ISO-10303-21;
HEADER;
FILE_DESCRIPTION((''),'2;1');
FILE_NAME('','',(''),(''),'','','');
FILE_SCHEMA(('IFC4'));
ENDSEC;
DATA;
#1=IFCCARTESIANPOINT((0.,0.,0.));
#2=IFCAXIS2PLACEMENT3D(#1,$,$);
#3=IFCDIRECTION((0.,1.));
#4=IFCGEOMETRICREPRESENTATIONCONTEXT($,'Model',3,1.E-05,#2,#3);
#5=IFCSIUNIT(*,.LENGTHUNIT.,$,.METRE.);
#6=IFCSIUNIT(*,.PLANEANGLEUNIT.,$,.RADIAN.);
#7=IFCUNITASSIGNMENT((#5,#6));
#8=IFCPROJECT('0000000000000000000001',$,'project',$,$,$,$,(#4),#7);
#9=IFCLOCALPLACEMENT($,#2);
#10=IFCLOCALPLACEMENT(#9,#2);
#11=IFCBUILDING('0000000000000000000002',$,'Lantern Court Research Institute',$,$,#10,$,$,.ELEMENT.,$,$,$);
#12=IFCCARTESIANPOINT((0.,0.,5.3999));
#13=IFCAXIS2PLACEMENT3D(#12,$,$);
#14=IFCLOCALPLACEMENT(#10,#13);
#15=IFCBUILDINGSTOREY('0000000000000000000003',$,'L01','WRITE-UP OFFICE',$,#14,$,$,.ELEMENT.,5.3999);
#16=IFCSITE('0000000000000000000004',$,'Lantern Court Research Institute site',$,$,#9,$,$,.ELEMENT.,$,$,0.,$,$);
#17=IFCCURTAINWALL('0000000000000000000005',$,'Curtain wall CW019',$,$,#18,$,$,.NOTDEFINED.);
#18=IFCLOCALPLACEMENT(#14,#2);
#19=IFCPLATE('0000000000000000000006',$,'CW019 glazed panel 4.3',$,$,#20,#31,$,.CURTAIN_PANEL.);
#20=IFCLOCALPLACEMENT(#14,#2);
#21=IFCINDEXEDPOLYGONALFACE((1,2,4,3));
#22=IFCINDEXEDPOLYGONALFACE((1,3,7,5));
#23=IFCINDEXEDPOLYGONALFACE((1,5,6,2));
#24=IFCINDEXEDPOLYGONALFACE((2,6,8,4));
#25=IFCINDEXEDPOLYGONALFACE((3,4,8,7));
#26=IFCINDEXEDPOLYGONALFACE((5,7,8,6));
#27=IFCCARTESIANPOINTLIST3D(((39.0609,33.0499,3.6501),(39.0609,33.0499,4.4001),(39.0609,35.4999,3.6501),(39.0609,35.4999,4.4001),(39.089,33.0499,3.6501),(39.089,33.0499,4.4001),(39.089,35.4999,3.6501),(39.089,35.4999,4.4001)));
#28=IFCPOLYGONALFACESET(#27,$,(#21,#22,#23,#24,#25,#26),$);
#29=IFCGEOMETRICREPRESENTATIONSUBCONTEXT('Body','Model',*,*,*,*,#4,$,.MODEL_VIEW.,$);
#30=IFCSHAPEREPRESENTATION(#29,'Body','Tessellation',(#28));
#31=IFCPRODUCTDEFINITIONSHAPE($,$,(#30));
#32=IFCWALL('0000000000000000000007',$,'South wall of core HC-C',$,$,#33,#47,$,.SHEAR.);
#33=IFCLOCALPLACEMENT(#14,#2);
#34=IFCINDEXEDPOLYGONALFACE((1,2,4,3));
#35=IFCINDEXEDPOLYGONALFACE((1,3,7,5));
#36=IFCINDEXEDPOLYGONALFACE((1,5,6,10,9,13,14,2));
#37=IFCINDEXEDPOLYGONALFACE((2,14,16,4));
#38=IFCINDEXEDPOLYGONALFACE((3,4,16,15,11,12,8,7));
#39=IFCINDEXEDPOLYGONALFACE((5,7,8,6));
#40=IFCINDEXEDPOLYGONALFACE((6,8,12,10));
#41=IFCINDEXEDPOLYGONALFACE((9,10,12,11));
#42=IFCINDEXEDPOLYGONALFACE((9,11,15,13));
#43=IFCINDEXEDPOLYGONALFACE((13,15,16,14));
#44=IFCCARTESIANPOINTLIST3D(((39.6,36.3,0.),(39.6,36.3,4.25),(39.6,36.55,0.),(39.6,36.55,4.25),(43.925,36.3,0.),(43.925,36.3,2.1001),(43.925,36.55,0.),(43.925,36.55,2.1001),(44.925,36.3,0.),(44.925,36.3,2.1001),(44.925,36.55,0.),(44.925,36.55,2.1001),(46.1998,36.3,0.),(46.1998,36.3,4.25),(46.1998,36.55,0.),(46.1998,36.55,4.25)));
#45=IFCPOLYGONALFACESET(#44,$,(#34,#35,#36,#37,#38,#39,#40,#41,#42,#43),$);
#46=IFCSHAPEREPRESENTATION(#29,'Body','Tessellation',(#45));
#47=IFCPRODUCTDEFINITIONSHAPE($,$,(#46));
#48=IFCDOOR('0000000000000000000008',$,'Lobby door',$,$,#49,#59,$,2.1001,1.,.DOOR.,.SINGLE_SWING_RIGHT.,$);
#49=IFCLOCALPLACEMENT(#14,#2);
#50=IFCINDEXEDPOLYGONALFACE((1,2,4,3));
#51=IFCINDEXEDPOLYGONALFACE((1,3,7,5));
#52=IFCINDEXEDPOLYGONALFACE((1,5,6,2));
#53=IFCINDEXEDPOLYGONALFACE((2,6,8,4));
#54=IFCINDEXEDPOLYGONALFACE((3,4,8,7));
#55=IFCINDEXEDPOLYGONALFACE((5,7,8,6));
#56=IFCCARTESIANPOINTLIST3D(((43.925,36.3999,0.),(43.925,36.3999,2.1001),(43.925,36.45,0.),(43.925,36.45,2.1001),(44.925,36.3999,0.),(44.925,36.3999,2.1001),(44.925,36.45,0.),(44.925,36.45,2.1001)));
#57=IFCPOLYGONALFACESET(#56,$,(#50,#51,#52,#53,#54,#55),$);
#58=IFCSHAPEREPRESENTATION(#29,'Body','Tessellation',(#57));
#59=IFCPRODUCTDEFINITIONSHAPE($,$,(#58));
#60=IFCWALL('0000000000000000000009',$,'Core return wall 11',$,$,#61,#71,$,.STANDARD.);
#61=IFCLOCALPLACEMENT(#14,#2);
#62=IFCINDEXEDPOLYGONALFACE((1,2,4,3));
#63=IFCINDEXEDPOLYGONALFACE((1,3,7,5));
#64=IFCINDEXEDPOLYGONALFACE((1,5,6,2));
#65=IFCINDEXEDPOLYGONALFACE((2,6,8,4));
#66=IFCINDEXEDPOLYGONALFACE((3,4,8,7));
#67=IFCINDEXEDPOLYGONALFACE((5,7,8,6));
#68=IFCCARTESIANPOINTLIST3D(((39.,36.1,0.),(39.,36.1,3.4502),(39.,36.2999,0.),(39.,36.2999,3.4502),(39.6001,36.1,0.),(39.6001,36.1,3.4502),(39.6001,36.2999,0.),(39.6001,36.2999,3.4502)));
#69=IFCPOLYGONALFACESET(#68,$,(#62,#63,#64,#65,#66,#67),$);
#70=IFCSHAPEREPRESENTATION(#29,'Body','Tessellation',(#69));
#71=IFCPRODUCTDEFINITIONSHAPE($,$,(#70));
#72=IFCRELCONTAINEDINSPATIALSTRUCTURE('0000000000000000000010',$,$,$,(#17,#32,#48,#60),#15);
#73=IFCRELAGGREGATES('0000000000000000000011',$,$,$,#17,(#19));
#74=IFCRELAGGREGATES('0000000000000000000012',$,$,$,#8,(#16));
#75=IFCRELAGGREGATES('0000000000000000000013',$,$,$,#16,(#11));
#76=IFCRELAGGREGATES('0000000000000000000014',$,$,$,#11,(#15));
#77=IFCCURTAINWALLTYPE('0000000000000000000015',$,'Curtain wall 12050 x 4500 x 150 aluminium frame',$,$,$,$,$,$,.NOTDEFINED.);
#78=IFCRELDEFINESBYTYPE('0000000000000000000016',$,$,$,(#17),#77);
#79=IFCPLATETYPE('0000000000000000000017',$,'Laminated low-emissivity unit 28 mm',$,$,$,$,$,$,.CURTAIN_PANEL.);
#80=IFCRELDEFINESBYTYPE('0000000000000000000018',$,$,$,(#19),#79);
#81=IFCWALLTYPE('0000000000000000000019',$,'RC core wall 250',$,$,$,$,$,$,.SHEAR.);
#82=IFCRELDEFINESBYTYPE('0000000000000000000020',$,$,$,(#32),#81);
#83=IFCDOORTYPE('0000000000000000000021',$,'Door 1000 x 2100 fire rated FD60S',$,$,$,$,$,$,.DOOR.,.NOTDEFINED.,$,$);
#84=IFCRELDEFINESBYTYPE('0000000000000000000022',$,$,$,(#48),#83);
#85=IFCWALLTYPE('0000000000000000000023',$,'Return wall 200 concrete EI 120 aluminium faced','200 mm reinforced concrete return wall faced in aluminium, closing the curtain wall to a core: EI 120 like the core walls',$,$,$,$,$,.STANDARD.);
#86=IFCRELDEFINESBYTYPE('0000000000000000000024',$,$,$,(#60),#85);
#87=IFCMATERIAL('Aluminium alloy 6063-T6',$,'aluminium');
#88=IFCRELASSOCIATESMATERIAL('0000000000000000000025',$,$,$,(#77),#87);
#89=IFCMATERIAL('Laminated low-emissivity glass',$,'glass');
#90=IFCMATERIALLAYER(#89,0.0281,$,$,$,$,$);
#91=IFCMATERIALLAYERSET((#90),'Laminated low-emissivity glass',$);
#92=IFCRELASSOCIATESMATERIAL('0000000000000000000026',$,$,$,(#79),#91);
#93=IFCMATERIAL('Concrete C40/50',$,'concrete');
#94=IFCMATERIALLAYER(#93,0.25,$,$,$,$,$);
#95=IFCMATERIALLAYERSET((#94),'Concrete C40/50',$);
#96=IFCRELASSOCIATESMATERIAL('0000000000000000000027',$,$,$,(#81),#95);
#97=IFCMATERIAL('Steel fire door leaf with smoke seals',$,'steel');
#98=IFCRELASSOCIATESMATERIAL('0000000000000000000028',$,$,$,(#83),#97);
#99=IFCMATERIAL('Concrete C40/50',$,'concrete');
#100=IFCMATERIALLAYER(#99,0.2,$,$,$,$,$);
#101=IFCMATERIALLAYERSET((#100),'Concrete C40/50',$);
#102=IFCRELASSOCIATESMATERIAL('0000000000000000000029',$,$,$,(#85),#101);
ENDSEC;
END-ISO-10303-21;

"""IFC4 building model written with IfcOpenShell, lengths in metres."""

from ifc_helpers import new_model, si_unit, direction, frame, frame_2d, origin, origin_2d, place, context, subcontext, project, spatial, rectangle, extrude, material, layer, layer_set, type_object, element, fill, aggregate, save


model = new_model("IFC4")

# Units and contexts
model_context = context("Model", 3, precision=1e-05, world=origin(), true_north=direction((0.0, 1.0)))
body_context = subcontext(model_context, "Body", "Model", "MODEL_VIEW")
ifc_project = project(units=[si_unit("LENGTHUNIT", "METRE"), si_unit("PLANEANGLEUNIT", "RADIAN")], contexts=[model_context])

# Site, building, storey
site_placement = place(None, origin())
site = spatial("IfcSite", under=ifc_project, at=site_placement, Name="Lantern Court Research Institute site", CompositionType="ELEMENT", RefElevation=0.0)
building_placement = place(site_placement, origin())
building = spatial("IfcBuilding", under=site, at=building_placement, Name="Lantern Court Research Institute", CompositionType="ELEMENT")
storey_placement = place(building_placement, frame((0.0, 0.0, 5.3999)))
storey = spatial("IfcBuildingStorey", under=building, at=storey_placement, Name="L01", Description="WRITE-UP OFFICE", CompositionType="ELEMENT", Elevation=5.3999)

# Curtain wall, plate
ifc_material_1 = material(Name="Aluminium alloy 6063-T6", Category="aluminium")
curtain_wall_type = type_object("IfcCurtainWallType", Name="Curtain wall 12050 x 4500 x 150 aluminium frame", PredefinedType="NOTDEFINED", material=ifc_material_1)
curtain_wall_placement = place(storey_placement, origin())
curtain_wall = element("IfcCurtainWall", 1, at=curtain_wall_placement, inside=storey, type_object=curtain_wall_type, Name="Curtain wall CW019", PredefinedType="NOTDEFINED")
ifc_material_2 = material(Name="Laminated low-emissivity glass", Category="glass")
ifc_layer_1 = layer(ifc_material_2, 0.0281)
ifc_layer_set_1 = layer_set([ifc_layer_1], Name="Laminated low-emissivity glass")
plate_type_1 = type_object("IfcPlateType", Name="Laminated low-emissivity unit 28 mm", PredefinedType="CURTAIN_PANEL", material=ifc_layer_set_1)
plate_1_placement = place(storey_placement, frame((39.075, 34.2749, 3.6501), z_axis=(0.0, 0.0, 1.0), x_axis=(0.0, 1.0, 0.0)))
plate_1 = element("IfcPlate", 2, at=plate_1_placement, type_object=plate_type_1, Name="CW019 glazed panel 4.3", PredefinedType="CURTAIN_PANEL", context=body_context, shape_type="SweptSolid", body=[
    extrude(rectangle(XDim=2.45, YDim=0.0281, at=origin_2d()), origin(), (0.0, 0.0, 1.0), 0.75),
])
aggregate(curtain_wall, [plate_1])

# Wall, opening, door
ifc_material_3 = material(Name="Concrete C40/50", Category="concrete")
ifc_layer_2 = layer(ifc_material_3, 0.25)
ifc_layer_set_2 = layer_set([ifc_layer_2], Name="Concrete C40/50")
wall_type_1 = type_object("IfcWallType", Name="RC core wall 250", PredefinedType="SHEAR", material=ifc_layer_set_2)
wall_1_placement = place(storey_placement, frame((39.6001, 36.425, 0.0), z_axis=(0.0, 0.0, 1.0), x_axis=(1.0, 0.0, 0.0)))
wall_1 = element("IfcWall", 3, at=wall_1_placement, inside=storey, type_object=wall_type_1, Name="South wall of core HC-C", PredefinedType="SHEAR", context=body_context, shape_type="SweptSolid", body=[
    extrude(rectangle(XDim=6.5999, YDim=0.25, at=frame_2d((3.2998, 0.0))), origin(), (0.0, 0.0, 1.0), 4.25),
])
opening_placement = place(wall_1_placement, frame((4.325, 0.0, 0.0)))
opening = element("IfcOpeningElement", 4, at=opening_placement, cuts=wall_1, PredefinedType="OPENING", context=body_context, shape_type="SweptSolid", body=[
    extrude(rectangle(XDim=1.0, YDim=2.1001, at=frame_2d((0.5, 1.05))), frame((0.0, 0.135, 0.0), z_axis=(0.0, -1.0, 0.0), x_axis=(1.0, 0.0, 0.0)), (0.0, 0.0, 1.0), 0.27),
])
ifc_material_4 = material(Name="Steel fire door leaf with smoke seals", Category="steel")
door_type = type_object("IfcDoorType", Name="Door 1000 x 2100 fire rated FD60S", OperationType="NOTDEFINED", PredefinedType="DOOR", material=ifc_material_4)
door_placement = place(opening_placement, origin())
door = element("IfcDoor", 5, at=door_placement, inside=storey, type_object=door_type, Name="Lobby door", OperationType="SINGLE_SWING_RIGHT", OverallHeight=2.1001, OverallWidth=1.0, PredefinedType="DOOR", context=body_context, shape_type="SweptSolid", body=[
    extrude(rectangle(XDim=1.0, YDim=2.1001, at=frame_2d((0.5, 1.05))), frame((0.0, 0.0249, 0.0), z_axis=(0.0, -1.0, 0.0), x_axis=(1.0, 0.0, 0.0)), (0.0, 0.0, 1.0), 0.05),
])
fill(opening, door)

# Wall
ifc_material_5 = material(Name="Concrete C40/50", Category="concrete")
ifc_layer_3 = layer(ifc_material_5, 0.2)
ifc_layer_set_3 = layer_set([ifc_layer_3], Name="Concrete C40/50")
wall_type_2 = type_object("IfcWallType", Name="Return wall 200 concrete EI 120 aluminium faced", Description="200 mm reinforced concrete return wall faced in aluminium, closing the curtain wall to a core: EI 120 like the core walls", PredefinedType="STANDARD", material=ifc_layer_set_3)
wall_2_placement = place(storey_placement, frame((39.6001, 36.2, 0.0), z_axis=(0.0, 0.0, 1.0), x_axis=(-1.0, 0.0, 0.0)))
element("IfcWall", 6, at=wall_2_placement, inside=storey, type_object=wall_type_2, Name="Core return wall 11", PredefinedType="STANDARD", context=body_context, shape_type="SweptSolid", body=[
    extrude(rectangle(XDim=0.6001, YDim=0.2, at=frame_2d((0.3, 0.0))), origin(), (0.0, 0.0, 1.0), 3.4502),
])

save(model, "model.ifc")
